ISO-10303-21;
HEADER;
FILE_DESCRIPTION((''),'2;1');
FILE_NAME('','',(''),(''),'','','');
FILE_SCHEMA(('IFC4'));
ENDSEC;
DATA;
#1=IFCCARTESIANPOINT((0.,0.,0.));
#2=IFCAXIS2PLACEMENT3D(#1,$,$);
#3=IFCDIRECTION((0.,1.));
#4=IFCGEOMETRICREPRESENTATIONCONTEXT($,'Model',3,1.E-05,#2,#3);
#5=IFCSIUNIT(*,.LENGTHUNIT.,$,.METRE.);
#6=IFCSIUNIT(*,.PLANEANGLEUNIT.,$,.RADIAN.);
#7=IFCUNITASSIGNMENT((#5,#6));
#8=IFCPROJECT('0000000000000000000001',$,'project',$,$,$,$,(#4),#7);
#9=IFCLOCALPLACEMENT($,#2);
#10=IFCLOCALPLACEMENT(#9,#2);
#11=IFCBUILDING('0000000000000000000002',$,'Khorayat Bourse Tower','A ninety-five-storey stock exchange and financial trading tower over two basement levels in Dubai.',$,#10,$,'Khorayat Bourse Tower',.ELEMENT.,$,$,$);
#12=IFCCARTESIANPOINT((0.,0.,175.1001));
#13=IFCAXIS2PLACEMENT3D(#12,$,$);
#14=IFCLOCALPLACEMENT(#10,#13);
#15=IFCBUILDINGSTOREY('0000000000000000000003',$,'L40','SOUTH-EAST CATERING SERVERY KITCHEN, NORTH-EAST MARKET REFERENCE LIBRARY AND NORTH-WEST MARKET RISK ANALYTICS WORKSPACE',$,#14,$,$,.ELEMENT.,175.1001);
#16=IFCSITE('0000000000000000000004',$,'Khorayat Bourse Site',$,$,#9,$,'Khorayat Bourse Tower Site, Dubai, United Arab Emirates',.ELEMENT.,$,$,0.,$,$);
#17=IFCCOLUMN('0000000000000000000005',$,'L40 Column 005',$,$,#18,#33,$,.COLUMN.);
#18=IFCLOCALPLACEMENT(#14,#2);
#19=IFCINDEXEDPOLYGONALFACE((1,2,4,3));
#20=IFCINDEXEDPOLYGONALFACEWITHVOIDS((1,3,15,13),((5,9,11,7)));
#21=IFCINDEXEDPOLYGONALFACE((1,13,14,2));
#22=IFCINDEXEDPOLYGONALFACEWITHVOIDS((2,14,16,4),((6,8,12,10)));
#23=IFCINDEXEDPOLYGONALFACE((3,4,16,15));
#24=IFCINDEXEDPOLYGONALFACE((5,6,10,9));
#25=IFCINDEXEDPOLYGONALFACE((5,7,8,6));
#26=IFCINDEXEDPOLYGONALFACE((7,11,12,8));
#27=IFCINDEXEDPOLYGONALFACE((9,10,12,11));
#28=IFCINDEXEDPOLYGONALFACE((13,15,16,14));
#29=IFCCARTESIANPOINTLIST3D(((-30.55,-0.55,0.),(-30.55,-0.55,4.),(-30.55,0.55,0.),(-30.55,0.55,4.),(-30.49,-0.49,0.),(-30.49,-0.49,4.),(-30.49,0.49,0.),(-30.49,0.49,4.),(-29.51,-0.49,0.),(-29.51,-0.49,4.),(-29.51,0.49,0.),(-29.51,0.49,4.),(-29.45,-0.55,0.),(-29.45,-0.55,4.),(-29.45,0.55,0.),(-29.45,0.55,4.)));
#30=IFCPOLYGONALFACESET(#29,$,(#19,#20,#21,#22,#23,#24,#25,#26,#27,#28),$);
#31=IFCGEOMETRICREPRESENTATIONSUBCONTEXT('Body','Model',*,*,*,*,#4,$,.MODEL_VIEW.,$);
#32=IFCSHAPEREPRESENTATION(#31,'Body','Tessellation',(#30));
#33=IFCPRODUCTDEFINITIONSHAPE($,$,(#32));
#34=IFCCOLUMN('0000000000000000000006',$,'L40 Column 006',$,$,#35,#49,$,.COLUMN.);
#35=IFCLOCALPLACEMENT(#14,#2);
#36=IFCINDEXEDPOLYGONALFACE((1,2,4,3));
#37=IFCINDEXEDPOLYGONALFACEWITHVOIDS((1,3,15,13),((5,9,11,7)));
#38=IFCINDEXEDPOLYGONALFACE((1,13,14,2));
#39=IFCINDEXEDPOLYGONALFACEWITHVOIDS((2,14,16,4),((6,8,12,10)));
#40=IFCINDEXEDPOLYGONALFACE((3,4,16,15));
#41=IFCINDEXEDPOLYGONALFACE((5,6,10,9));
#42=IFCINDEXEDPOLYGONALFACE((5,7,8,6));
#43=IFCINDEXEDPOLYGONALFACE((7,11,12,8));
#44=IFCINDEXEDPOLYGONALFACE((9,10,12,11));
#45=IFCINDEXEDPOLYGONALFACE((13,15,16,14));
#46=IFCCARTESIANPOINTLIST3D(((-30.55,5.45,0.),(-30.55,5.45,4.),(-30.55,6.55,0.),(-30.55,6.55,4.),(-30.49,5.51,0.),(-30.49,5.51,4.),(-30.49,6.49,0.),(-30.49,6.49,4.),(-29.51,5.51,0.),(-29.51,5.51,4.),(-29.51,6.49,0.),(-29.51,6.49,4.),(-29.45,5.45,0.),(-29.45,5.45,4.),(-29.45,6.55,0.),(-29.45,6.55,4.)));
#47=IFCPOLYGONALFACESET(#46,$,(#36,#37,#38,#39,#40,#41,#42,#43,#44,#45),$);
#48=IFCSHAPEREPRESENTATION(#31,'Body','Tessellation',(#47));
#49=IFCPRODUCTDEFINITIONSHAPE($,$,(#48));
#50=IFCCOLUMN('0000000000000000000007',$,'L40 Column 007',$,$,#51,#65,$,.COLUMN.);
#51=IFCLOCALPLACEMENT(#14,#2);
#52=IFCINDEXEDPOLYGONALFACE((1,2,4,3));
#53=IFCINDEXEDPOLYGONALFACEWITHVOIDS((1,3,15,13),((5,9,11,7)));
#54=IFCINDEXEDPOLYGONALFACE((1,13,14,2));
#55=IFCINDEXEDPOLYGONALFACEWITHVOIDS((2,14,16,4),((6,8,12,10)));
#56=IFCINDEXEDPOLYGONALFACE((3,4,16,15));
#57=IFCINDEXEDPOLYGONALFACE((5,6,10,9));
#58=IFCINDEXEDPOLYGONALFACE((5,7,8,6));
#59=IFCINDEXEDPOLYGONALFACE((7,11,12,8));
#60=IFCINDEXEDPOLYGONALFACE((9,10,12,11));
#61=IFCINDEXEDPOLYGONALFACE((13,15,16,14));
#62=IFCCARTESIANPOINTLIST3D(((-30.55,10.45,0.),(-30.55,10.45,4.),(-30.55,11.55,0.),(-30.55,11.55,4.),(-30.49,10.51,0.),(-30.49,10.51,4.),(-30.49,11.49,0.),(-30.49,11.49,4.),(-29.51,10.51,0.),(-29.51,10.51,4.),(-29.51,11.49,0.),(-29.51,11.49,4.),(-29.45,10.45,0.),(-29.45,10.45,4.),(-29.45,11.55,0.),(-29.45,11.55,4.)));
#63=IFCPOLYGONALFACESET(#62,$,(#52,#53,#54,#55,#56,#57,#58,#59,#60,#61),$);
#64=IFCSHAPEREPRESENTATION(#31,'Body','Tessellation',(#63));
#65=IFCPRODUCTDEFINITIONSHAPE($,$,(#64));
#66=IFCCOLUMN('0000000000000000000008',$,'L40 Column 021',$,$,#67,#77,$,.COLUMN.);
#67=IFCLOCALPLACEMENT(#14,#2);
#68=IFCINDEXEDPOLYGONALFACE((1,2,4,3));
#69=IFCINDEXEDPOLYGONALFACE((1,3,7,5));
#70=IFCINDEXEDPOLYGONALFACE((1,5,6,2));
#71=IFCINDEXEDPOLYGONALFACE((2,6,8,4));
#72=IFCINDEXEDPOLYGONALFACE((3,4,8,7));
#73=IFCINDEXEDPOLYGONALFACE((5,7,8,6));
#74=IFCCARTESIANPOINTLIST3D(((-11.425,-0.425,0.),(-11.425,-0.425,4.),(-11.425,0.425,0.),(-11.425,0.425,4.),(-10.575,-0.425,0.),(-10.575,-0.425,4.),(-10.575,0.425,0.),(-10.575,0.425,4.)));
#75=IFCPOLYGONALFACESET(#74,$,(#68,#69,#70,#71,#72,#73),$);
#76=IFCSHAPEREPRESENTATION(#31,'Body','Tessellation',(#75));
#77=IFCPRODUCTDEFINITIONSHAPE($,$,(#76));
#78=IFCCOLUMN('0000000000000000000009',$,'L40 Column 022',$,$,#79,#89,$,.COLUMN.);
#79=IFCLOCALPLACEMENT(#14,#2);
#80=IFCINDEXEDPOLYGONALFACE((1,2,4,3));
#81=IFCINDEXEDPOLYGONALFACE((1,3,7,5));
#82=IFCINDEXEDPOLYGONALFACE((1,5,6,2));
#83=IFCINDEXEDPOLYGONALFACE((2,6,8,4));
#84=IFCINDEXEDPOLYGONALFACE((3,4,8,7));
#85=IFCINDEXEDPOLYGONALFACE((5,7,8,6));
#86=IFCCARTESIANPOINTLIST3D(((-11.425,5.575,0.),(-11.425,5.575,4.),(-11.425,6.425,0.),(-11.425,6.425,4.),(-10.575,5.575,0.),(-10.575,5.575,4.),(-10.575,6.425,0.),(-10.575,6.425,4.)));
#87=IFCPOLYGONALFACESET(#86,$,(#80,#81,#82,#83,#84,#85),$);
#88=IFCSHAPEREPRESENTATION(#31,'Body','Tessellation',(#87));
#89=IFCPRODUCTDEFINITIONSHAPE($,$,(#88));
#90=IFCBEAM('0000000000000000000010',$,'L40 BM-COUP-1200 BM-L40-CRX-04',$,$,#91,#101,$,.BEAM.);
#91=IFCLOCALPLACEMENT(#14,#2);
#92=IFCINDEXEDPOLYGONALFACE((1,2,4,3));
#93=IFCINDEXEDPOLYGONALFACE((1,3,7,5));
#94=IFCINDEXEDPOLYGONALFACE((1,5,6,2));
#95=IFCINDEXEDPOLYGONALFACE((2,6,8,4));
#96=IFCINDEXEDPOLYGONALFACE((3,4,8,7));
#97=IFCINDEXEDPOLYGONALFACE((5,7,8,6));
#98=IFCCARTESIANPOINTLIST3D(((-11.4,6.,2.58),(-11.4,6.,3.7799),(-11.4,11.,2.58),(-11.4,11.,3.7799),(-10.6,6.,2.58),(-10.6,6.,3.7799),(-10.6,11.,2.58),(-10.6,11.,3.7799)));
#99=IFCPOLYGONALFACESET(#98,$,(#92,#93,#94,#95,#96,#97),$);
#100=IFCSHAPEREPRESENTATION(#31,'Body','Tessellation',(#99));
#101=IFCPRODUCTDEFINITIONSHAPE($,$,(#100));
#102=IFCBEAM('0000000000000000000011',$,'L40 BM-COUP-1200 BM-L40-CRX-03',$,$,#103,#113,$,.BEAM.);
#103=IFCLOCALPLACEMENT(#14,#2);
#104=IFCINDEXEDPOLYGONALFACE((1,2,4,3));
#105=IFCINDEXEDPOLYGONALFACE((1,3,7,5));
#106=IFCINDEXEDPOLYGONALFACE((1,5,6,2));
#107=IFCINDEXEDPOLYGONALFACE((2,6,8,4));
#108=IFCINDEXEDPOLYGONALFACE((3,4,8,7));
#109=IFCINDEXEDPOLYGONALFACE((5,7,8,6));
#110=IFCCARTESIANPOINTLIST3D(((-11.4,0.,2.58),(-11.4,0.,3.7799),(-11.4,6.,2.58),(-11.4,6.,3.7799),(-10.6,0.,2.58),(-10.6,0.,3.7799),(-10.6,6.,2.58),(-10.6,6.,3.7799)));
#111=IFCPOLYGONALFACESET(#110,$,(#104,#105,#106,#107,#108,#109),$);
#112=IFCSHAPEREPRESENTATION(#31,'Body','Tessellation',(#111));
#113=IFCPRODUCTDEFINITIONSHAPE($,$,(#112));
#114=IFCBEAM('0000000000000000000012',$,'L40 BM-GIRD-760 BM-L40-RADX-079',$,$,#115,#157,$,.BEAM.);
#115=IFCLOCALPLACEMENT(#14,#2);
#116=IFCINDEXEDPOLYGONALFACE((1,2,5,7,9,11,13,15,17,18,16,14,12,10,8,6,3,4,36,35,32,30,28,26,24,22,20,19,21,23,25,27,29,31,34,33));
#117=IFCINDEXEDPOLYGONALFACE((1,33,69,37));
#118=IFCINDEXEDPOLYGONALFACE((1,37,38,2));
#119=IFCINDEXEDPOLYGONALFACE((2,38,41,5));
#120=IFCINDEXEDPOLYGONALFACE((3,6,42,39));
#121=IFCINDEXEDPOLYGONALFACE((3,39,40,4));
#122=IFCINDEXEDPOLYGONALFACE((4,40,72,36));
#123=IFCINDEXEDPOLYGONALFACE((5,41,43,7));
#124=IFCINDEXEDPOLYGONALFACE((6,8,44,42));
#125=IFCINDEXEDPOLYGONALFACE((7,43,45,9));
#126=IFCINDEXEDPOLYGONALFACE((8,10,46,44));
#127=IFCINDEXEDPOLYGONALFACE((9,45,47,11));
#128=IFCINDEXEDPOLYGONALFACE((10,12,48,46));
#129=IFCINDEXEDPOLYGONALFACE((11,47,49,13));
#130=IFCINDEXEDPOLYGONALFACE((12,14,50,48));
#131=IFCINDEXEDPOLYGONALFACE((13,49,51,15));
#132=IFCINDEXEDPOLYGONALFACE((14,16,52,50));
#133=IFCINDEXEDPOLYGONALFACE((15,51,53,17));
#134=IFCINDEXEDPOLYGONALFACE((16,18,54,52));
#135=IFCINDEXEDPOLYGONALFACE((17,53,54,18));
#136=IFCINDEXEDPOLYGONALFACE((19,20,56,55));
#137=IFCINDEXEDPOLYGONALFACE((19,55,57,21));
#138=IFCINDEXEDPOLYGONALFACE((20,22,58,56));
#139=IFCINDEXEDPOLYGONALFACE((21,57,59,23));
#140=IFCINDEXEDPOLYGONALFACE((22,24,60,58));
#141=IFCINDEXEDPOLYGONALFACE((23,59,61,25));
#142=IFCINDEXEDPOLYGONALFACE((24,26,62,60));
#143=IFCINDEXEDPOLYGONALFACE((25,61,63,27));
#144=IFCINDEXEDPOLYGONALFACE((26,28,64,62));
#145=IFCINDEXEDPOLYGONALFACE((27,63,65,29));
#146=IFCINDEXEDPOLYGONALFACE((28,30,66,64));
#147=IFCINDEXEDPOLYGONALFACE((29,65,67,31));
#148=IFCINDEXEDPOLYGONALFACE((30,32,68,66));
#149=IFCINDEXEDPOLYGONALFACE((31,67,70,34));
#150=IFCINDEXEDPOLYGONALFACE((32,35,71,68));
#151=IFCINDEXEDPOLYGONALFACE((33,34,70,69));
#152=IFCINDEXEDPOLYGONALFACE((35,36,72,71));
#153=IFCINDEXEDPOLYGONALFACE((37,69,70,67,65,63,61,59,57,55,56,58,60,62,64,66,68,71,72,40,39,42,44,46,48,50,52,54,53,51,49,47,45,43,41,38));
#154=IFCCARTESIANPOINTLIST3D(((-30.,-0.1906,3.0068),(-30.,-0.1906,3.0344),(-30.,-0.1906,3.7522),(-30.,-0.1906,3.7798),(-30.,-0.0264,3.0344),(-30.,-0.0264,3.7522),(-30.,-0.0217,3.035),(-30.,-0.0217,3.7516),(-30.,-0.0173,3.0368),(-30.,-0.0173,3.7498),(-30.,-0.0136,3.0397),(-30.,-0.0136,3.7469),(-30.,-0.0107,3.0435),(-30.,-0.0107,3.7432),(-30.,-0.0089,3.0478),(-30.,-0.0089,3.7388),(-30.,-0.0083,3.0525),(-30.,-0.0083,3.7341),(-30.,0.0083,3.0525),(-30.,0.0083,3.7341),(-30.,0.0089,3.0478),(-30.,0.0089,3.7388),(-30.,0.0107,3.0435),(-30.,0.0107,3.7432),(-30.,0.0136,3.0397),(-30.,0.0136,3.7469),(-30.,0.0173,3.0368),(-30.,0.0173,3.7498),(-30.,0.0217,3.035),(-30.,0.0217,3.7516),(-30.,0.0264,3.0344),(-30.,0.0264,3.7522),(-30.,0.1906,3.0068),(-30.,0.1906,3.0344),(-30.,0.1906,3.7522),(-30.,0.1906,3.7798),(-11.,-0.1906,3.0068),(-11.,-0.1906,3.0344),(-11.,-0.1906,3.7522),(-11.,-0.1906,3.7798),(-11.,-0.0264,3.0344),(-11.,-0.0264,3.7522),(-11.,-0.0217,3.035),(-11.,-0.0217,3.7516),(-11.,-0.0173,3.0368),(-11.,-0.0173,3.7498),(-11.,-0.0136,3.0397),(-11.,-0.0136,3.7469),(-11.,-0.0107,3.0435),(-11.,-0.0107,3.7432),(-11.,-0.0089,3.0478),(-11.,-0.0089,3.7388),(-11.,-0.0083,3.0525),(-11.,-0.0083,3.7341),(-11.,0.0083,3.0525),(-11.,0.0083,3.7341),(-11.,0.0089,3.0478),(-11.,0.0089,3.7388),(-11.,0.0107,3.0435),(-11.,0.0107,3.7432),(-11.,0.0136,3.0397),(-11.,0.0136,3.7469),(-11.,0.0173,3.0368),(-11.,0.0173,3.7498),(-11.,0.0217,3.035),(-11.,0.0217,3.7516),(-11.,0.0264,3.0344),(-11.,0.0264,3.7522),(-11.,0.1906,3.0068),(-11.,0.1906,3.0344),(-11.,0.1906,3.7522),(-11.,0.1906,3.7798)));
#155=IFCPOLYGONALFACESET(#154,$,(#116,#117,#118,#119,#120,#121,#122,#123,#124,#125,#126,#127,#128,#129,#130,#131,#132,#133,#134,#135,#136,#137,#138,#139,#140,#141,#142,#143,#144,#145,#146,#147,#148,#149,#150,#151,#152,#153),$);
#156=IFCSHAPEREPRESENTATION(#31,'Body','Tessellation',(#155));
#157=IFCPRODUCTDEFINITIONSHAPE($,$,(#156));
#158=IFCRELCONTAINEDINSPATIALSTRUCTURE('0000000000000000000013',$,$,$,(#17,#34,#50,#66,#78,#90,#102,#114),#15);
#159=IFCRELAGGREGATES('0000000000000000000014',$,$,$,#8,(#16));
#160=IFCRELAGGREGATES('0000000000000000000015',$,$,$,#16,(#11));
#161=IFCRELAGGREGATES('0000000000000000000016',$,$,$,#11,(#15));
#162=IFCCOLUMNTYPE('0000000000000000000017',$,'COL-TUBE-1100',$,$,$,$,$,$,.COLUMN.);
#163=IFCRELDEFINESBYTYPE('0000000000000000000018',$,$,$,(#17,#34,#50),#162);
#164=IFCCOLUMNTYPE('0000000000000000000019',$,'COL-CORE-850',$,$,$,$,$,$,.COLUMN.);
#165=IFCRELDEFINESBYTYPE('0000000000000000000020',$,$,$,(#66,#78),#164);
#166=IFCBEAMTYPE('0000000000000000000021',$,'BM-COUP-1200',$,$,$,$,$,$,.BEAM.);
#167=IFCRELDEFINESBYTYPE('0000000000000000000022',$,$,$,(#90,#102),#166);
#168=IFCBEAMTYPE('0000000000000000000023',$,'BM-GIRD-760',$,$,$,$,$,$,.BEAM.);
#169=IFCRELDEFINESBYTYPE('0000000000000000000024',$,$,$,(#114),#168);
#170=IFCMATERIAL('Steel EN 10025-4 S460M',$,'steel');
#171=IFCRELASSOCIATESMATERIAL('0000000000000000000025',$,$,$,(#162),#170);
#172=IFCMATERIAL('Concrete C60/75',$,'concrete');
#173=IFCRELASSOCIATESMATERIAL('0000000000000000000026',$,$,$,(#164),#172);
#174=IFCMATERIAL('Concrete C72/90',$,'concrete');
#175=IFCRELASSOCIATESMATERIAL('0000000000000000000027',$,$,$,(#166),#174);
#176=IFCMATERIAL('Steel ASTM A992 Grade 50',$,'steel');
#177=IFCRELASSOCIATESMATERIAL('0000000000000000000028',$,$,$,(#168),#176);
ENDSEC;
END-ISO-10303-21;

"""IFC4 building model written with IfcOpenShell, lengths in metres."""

from ifc_helpers import new_model, si_unit, direction, frame, origin, origin_2d, place, context, subcontext, project, spatial, rectangle, hollow_rectangle, i_section, extrude, source, transform, mapped, material, material_profile, profile_set, type_object, element, save


model = new_model("IFC4")

# Units and contexts
model_context = context("Model", 3, precision=1e-05, world=origin(), true_north=direction((0.0, 1.0)))
body_context = subcontext(model_context, "Body", "Model", "MODEL_VIEW")
ifc_project = project(units=[si_unit("LENGTHUNIT", "METRE"), si_unit("PLANEANGLEUNIT", "RADIAN")], contexts=[model_context])

# Site, building, storey
site_placement = place(None, origin())
site = spatial("IfcSite", under=ifc_project, at=site_placement, Name="Khorayat Bourse Site", LongName="Khorayat Bourse Tower Site, Dubai, United Arab Emirates", CompositionType="ELEMENT", RefElevation=0.0)
building_placement = place(site_placement, origin())
building = spatial("IfcBuilding", under=site, at=building_placement, Name="Khorayat Bourse Tower", Description="A ninety-five-storey stock exchange and financial trading tower over two basement levels in Dubai.", LongName="Khorayat Bourse Tower", CompositionType="ELEMENT")
storey_placement = place(building_placement, frame((0.0, 0.0, 175.1001)))
storey = spatial("IfcBuildingStorey", under=building, at=storey_placement, Name="L40", Description="SOUTH-EAST CATERING SERVERY KITCHEN, NORTH-EAST MARKET REFERENCE LIBRARY AND NORTH-WEST MARKET RISK ANALYTICS WORKSPACE", CompositionType="ELEMENT", Elevation=175.1001)

# Columns
ifc_material_1 = material(Name="Steel EN 10025-4 S460M", Category="steel")
ifc_material_profile_1 = material_profile(ifc_material_1, hollow_rectangle(XDim=1.1001, YDim=1.1001, WallThickness=0.0601, at=origin_2d()), Name="BOX 1100x1100x60")
ifc_profile_set_1 = profile_set([ifc_material_profile_1], Name="Steel EN 10025-4 S460M")
column_type_1 = type_object("IfcColumnType", Name="COL-TUBE-1100", PredefinedType="COLUMN", material=ifc_profile_set_1)
shared_shape_1 = source(origin(), body_context, "Body", "SweptSolid", [
    extrude(hollow_rectangle(XDim=1.1001, YDim=1.1001, WallThickness=0.0601, at=origin_2d()), origin(), (0.0, 0.0, 1.0), 4.0),
])
for number, where, z_axis, x_axis, name in (
    (1, (-30.0, 0.0, 0.0), (0.0, 0.0, 1.0), (1.0, 0.0, 0.0), "L40 Column 005"),
    (2, (-30.0, 6.0, 0.0), (0.0, 0.0, 1.0), (1.0, 0.0, 0.0), "L40 Column 006"),
    (3, (-30.0, 11.0, 0.0), (0.0, 0.0, 1.0), (1.0, 0.0, 0.0), "L40 Column 007"),
):
    element("IfcColumn", number, at=place(storey_placement, frame(where, z_axis=z_axis, x_axis=x_axis)), inside=storey, type_object=column_type_1, Name=name, PredefinedType="COLUMN", context=body_context, shape_type="MappedRepresentation", body=[
        mapped(shared_shape_1, transform((0.0, 0.0, 0.0), scale=1.0)),
    ])
ifc_material_2 = material(Name="Concrete C60/75", Category="concrete")
ifc_material_profile_2 = material_profile(ifc_material_2, rectangle(XDim=0.8501, YDim=0.8501, at=origin_2d()), Name="RC 850x850")
ifc_profile_set_2 = profile_set([ifc_material_profile_2], Name="Concrete C60/75")
column_type_2 = type_object("IfcColumnType", Name="COL-CORE-850", PredefinedType="COLUMN", material=ifc_profile_set_2)
shared_shape_2 = source(origin(), body_context, "Body", "SweptSolid", [
    extrude(rectangle(XDim=0.8501, YDim=0.8501, at=origin_2d()), origin(), (0.0, 0.0, 1.0), 4.0),
])
for number, where, z_axis, x_axis, name in (
    (4, (-11.0, 0.0, 0.0), (0.0, 0.0, 1.0), (1.0, 0.0, 0.0), "L40 Column 021"),
    (5, (-11.0, 6.0, 0.0), (0.0, 0.0, 1.0), (1.0, 0.0, 0.0), "L40 Column 022"),
):
    element("IfcColumn", number, at=place(storey_placement, frame(where, z_axis=z_axis, x_axis=x_axis)), inside=storey, type_object=column_type_2, Name=name, PredefinedType="COLUMN", context=body_context, shape_type="MappedRepresentation", body=[
        mapped(shared_shape_2, transform((0.0, 0.0, 0.0), scale=1.0)),
    ])

# Beams
ifc_material_3 = material(Name="Concrete C72/90", Category="concrete")
ifc_material_profile_3 = material_profile(ifc_material_3, rectangle(XDim=0.8, YDim=1.2, at=origin_2d()), Name="RC 800x1200")
ifc_profile_set_3 = profile_set([ifc_material_profile_3], Name="Concrete C72/90")
beam_type_1 = type_object("IfcBeamType", Name="BM-COUP-1200", PredefinedType="BEAM", material=ifc_profile_set_3)
shared_shape_3 = source(origin(), body_context, "Body", "SweptSolid", [
    extrude(rectangle(XDim=0.8, YDim=1.2, at=origin_2d()), origin(), (0.0, 0.0, 1.0), 5.0),
])
beam_1_placement = place(storey_placement, frame((-11.0, 6.0, 3.1799), z_axis=(0.0, 1.0, 0.0), x_axis=(-1.0, 0.0, 0.0)))
element("IfcBeam", 6, at=beam_1_placement, inside=storey, type_object=beam_type_1, Name="L40 BM-COUP-1200 BM-L40-CRX-04", PredefinedType="BEAM", context=body_context, shape_type="MappedRepresentation", body=[
    mapped(shared_shape_3, transform((0.0, 0.0, 0.0), scale=1.0)),
])
shared_shape_4 = source(origin(), body_context, "Body", "SweptSolid", [
    extrude(rectangle(XDim=0.8, YDim=1.2, at=origin_2d()), origin(), (0.0, 0.0, 1.0), 6.0),
])
beam_2_placement = place(storey_placement, frame((-11.0, 0.0, 3.1799), z_axis=(0.0, 1.0, 0.0), x_axis=(-1.0, 0.0, 0.0)))
element("IfcBeam", 7, at=beam_2_placement, inside=storey, type_object=beam_type_1, Name="L40 BM-COUP-1200 BM-L40-CRX-03", PredefinedType="BEAM", context=body_context, shape_type="MappedRepresentation", body=[
    mapped(shared_shape_4, transform((0.0, 0.0, 0.0), scale=1.0)),
])
ifc_material_4 = material(Name="Steel ASTM A992 Grade 50", Category="steel")
ifc_material_profile_4 = material_profile(ifc_material_4, i_section(OverallWidth=0.3811, OverallDepth=0.7729, WebThickness=0.0166, FlangeThickness=0.0276, FilletRadius=0.0181, at=origin_2d()), Name="W760X257")
ifc_profile_set_4 = profile_set([ifc_material_profile_4], Name="Steel ASTM A992 Grade 50")
beam_type_2 = type_object("IfcBeamType", Name="BM-GIRD-760", PredefinedType="BEAM", material=ifc_profile_set_4)
shared_shape_5 = source(origin(), body_context, "Body", "SweptSolid", [
    extrude(i_section(OverallWidth=0.3811, OverallDepth=0.7729, WebThickness=0.0166, FlangeThickness=0.0276, FilletRadius=0.0181, at=origin_2d()), origin(), (0.0, 0.0, 1.0), 19.0),
])
for number, where, z_axis, x_axis, name in (
    (8, (-30.0, 0.0, 3.3933), (1.0, 0.0, 0.0), (0.0, 1.0, 0.0), "L40 BM-GIRD-760 BM-L40-RADX-079"),
):
    element("IfcBeam", number, at=place(storey_placement, frame(where, z_axis=z_axis, x_axis=x_axis)), inside=storey, type_object=beam_type_2, Name=name, PredefinedType="BEAM", context=body_context, shape_type="MappedRepresentation", body=[
        mapped(shared_shape_5, transform((0.0, 0.0, 0.0), scale=1.0)),
    ])

save(model, "model.ifc")
